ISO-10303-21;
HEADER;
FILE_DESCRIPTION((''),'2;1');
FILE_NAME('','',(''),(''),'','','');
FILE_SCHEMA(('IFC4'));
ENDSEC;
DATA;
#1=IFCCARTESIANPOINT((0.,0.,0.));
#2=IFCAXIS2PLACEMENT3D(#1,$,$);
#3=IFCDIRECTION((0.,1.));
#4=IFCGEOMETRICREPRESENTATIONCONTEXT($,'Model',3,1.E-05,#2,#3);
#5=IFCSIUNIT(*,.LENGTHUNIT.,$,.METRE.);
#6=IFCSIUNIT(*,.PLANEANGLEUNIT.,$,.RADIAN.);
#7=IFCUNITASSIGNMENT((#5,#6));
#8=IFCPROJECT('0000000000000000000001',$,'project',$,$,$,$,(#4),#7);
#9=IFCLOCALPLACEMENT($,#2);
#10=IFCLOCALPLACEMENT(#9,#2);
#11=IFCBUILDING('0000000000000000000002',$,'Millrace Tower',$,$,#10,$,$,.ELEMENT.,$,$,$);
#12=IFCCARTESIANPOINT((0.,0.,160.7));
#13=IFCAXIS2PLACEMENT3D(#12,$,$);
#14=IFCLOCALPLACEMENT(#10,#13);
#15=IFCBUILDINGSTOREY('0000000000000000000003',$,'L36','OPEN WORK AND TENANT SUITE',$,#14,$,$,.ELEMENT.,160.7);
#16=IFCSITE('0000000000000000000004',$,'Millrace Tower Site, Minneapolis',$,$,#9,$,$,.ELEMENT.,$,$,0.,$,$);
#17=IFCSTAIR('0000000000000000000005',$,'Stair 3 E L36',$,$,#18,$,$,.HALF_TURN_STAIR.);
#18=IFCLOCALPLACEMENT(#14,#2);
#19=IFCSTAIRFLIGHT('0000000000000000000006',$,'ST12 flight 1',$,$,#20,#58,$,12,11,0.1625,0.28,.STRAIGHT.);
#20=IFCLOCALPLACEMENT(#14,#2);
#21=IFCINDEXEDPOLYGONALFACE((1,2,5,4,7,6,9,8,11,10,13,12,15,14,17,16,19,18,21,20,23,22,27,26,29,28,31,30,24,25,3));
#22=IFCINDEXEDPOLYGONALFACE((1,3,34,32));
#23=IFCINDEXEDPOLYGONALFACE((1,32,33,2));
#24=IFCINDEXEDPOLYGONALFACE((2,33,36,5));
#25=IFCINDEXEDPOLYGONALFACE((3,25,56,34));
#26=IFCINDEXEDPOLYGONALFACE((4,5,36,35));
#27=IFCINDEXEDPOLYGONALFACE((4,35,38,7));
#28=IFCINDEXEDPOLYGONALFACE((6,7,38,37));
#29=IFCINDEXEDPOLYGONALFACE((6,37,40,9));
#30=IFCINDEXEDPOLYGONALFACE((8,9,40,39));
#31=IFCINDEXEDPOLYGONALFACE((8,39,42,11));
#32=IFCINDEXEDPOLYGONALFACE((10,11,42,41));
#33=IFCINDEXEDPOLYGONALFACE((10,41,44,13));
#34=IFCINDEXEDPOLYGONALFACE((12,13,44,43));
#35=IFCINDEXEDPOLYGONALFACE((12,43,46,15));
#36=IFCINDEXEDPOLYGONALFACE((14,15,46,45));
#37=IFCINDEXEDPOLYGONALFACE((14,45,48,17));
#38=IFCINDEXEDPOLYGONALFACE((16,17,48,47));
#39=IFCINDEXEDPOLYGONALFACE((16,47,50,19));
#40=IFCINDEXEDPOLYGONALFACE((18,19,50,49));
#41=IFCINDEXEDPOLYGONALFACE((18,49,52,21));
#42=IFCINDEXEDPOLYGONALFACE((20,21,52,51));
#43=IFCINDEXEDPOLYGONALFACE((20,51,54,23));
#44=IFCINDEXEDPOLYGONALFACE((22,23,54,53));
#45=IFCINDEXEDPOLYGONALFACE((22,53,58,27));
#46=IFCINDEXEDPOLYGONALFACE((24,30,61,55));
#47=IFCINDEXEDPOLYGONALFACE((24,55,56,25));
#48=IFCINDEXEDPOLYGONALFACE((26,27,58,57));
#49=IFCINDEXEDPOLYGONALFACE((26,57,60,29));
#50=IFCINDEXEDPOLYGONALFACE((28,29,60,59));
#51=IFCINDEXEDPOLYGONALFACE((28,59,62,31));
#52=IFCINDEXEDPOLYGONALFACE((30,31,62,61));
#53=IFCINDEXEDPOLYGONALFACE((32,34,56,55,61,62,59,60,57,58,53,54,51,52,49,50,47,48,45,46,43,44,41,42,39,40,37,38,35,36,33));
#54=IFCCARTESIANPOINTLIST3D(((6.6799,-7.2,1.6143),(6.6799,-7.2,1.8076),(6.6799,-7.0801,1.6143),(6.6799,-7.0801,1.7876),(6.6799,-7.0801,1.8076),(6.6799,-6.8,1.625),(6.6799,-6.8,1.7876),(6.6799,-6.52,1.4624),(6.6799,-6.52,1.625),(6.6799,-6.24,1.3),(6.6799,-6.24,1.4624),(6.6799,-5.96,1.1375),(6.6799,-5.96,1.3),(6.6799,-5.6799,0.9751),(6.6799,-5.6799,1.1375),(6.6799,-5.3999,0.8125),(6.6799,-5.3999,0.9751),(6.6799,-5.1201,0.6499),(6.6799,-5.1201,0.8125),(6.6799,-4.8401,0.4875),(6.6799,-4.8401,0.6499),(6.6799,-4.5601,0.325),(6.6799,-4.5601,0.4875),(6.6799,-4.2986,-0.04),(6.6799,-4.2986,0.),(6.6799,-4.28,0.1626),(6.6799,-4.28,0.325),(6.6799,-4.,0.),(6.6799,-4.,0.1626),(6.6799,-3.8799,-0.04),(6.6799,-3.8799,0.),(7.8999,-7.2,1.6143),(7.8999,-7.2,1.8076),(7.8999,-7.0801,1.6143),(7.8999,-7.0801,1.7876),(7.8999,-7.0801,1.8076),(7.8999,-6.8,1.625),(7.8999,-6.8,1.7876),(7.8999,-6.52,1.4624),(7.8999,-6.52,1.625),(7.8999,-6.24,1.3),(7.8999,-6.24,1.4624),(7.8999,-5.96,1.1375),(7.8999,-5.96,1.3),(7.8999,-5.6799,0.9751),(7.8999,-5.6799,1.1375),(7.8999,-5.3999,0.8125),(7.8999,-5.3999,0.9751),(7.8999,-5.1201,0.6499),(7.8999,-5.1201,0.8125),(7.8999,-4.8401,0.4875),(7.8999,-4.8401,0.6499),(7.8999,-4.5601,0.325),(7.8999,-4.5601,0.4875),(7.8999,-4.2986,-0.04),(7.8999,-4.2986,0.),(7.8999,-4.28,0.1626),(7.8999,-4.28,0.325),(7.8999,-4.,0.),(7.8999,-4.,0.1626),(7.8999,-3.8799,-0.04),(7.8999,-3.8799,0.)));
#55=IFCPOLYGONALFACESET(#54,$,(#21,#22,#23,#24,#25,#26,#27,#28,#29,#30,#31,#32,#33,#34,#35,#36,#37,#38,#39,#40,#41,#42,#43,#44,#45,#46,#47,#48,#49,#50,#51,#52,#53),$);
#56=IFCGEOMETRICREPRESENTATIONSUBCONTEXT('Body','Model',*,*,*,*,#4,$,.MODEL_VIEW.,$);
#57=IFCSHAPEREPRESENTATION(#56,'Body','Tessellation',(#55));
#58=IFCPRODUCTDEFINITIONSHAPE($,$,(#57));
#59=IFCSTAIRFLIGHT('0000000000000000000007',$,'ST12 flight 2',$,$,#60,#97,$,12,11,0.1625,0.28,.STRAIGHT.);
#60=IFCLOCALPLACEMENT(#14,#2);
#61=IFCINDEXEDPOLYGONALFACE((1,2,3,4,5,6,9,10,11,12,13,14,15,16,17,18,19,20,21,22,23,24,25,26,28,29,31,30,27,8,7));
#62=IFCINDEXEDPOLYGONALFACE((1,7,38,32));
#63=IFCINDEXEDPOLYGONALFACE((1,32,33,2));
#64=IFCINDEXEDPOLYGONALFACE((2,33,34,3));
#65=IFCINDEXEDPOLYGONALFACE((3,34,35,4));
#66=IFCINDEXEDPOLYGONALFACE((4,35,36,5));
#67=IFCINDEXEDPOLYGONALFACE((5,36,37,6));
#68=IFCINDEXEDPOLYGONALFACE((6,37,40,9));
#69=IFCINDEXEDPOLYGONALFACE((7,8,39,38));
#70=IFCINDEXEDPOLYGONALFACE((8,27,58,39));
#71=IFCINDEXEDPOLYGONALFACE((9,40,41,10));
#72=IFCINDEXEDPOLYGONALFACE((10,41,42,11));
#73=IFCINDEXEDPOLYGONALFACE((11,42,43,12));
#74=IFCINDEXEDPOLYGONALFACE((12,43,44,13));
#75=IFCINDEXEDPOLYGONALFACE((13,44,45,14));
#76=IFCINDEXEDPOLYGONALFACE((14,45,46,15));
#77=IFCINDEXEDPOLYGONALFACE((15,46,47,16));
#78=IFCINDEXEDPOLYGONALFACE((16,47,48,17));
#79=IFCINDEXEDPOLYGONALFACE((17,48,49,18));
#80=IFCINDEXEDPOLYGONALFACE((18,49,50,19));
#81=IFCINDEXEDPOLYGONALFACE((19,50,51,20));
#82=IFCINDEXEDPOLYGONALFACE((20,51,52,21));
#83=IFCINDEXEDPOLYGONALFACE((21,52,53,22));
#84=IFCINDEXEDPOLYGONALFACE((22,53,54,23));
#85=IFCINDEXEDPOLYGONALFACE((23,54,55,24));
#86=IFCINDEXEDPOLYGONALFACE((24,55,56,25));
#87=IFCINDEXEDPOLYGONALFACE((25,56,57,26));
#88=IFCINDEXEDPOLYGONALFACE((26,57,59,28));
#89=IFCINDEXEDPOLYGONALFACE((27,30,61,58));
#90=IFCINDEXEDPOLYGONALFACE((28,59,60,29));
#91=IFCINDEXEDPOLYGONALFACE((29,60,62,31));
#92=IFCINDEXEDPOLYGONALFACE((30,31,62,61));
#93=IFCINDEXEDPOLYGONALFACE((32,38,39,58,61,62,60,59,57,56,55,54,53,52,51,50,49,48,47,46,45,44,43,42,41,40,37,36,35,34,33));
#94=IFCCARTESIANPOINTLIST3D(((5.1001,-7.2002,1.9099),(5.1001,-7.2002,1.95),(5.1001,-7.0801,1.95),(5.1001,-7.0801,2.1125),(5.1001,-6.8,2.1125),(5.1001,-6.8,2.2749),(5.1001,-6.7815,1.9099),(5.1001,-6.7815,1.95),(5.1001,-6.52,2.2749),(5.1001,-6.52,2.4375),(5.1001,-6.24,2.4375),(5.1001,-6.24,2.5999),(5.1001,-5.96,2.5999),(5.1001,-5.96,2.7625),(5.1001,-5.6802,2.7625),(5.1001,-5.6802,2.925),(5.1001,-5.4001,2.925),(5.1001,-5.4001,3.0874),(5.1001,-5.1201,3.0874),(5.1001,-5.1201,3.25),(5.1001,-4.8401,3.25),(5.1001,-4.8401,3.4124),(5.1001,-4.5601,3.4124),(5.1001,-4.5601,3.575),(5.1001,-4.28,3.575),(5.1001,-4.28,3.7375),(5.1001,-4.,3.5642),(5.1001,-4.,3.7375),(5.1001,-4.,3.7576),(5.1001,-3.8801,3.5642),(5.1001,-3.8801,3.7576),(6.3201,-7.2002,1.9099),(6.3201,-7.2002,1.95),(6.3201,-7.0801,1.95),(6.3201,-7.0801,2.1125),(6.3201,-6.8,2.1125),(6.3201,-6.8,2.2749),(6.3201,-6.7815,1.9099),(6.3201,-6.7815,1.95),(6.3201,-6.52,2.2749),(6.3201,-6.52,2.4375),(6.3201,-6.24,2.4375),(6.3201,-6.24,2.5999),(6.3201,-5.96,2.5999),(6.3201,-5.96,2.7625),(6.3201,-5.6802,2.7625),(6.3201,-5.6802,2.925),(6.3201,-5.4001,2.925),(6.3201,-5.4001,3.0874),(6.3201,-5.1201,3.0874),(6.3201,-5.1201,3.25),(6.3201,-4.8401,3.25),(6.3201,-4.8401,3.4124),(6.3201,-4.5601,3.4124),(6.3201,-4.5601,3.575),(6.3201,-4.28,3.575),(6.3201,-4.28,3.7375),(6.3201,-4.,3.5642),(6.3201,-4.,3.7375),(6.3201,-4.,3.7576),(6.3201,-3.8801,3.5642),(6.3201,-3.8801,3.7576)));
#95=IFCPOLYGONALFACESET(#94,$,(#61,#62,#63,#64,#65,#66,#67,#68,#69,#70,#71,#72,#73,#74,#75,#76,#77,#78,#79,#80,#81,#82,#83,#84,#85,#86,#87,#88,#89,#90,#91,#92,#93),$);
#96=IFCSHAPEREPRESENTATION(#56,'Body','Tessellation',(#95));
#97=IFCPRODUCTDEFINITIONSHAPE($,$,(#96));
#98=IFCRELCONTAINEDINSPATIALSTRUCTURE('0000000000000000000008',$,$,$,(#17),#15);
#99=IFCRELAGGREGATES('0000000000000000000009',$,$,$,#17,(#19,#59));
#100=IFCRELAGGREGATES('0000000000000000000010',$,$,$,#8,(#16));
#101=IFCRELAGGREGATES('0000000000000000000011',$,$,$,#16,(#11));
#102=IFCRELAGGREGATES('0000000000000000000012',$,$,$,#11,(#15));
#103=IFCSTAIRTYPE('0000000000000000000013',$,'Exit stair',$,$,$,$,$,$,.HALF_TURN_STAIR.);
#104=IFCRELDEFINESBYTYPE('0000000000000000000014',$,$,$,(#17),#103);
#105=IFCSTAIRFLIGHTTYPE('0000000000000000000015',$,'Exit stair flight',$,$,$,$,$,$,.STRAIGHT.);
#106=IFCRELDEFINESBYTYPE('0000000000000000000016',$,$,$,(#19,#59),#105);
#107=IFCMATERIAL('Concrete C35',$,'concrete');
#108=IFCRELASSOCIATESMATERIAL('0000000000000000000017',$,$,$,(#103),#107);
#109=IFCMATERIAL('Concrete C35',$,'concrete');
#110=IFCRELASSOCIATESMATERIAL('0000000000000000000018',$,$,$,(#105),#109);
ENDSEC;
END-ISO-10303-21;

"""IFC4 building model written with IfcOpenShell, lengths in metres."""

from ifc_helpers import new_model, si_unit, direction, frame, origin, place, context, subcontext, project, spatial, polyline, outline, extrude, material, type_object, element, aggregate, save


model = new_model("IFC4")

# Units and contexts
model_context = context("Model", 3, precision=1e-05, world=origin(), true_north=direction((0.0, 1.0)))
body_context = subcontext(model_context, "Body", "Model", "MODEL_VIEW")
ifc_project = project(units=[si_unit("LENGTHUNIT", "METRE"), si_unit("PLANEANGLEUNIT", "RADIAN")], contexts=[model_context])

# Site, building, storey
site_placement = place(None, origin())
site = spatial("IfcSite", under=ifc_project, at=site_placement, Name="Millrace Tower Site, Minneapolis", CompositionType="ELEMENT", RefElevation=0.0)
building_placement = place(site_placement, origin())
building = spatial("IfcBuilding", under=site, at=building_placement, Name="Millrace Tower", CompositionType="ELEMENT")
storey_placement = place(building_placement, frame((0.0, 0.0, 160.7)))
storey = spatial("IfcBuildingStorey", under=building, at=storey_placement, Name="L36", Description="OPEN WORK AND TENANT SUITE", CompositionType="ELEMENT", Elevation=160.7)

# Shared definitions
placement = place(storey_placement, origin())

# Shared definitions
ifc_material_1 = material(Name="Concrete C35", Category="concrete")
stair_type = type_object("IfcStairType", Name="Exit stair", PredefinedType="HALF_TURN_STAIR", material=ifc_material_1)
ifc_material_2 = material(Name="Concrete C35", Category="concrete")
stair_flight_type = type_object("IfcStairFlightType", Name="Exit stair flight", PredefinedType="STRAIGHT", material=ifc_material_2)

# Stair, stair flights
stair_1 = element("IfcStair", 1, at=placement, inside=storey, type_object=stair_type, Name="Stair 3 E L36", PredefinedType="HALF_TURN_STAIR")
stair_flight_1_placement = place(storey_placement, frame((7.29, -4.0, 0.0), z_axis=(0.0, 0.0, 1.0), x_axis=(0.0, -1.0, 0.0)))
stair_flight_1 = element("IfcStairFlight", 2, at=stair_flight_1_placement, type_object=stair_flight_type, Name="ST12 flight 1", NumberOfRisers=12, NumberOfTreads=11, PredefinedType="STRAIGHT", RiserHeight=0.1625, TreadLength=0.28, context=body_context, shape_type="SweptSolid", body=[
    extrude(outline(polyline([(-0.1201, -0.04), (-0.1201, 0.0), (0.0, 0.0), (0.0, 0.1626), (0.28, 0.1626), (0.28, 0.325), (0.5601, 0.325), (0.5601, 0.4875), (0.8401, 0.4875), (0.8401, 0.6499), (1.1201, 0.6499), (1.1201, 0.8125), (1.3999, 0.8125), (1.3999, 0.9751), (1.6799, 0.9751), (1.6799, 1.1375), (1.96, 1.1375), (1.96, 1.3), (2.24, 1.3), (2.24, 1.4624), (2.52, 1.4624), (2.52, 1.625), (2.8, 1.625), (2.8, 1.7876), (3.0801, 1.7876), (3.0801, 1.8076), (3.2, 1.8076), (3.2, 1.6143), (3.0801, 1.6143), (0.2986, 0.0), (0.2986, -0.04), (-0.1201, -0.04)])), frame((0.0, 0.6099, 0.0), z_axis=(0.0, -1.0, 0.0), x_axis=(1.0, 0.0, 0.0)), (0.0, 0.0, 1.0), 1.22),
])
stair_flight_2_placement = place(storey_placement, frame((5.71, -7.0801, 1.95), z_axis=(0.0, 0.0, 1.0), x_axis=(0.0, 1.0, 0.0)))
stair_flight_2 = element("IfcStairFlight", 3, at=stair_flight_2_placement, type_object=stair_flight_type, Name="ST12 flight 2", NumberOfRisers=12, NumberOfTreads=11, PredefinedType="STRAIGHT", RiserHeight=0.1625, TreadLength=0.28, context=body_context, shape_type="SweptSolid", body=[
    extrude(outline(polyline([(-0.1201, -0.04), (-0.1201, 0.0), (0.0, 0.0), (0.0, 0.1626), (0.28, 0.1626), (0.28, 0.325), (0.5601, 0.325), (0.5601, 0.4875), (0.8401, 0.4875), (0.8401, 0.6499), (1.1201, 0.6499), (1.1201, 0.8125), (1.3999, 0.8125), (1.3999, 0.9751), (1.6799, 0.9751), (1.6799, 1.1375), (1.96, 1.1375), (1.96, 1.3), (2.24, 1.3), (2.24, 1.4624), (2.52, 1.4624), (2.52, 1.625), (2.8, 1.625), (2.8, 1.7876), (3.0801, 1.7876), (3.0801, 1.8076), (3.2, 1.8076), (3.2, 1.6143), (3.0801, 1.6143), (0.2986, 0.0), (0.2986, -0.04), (-0.1201, -0.04)])), frame((0.0, 0.6099, 0.0), z_axis=(0.0, -1.0, 0.0), x_axis=(1.0, 0.0, 0.0)), (0.0, 0.0, 1.0), 1.22),
])
aggregate(stair_1, [stair_flight_1, stair_flight_2])

save(model, "model.ifc")
